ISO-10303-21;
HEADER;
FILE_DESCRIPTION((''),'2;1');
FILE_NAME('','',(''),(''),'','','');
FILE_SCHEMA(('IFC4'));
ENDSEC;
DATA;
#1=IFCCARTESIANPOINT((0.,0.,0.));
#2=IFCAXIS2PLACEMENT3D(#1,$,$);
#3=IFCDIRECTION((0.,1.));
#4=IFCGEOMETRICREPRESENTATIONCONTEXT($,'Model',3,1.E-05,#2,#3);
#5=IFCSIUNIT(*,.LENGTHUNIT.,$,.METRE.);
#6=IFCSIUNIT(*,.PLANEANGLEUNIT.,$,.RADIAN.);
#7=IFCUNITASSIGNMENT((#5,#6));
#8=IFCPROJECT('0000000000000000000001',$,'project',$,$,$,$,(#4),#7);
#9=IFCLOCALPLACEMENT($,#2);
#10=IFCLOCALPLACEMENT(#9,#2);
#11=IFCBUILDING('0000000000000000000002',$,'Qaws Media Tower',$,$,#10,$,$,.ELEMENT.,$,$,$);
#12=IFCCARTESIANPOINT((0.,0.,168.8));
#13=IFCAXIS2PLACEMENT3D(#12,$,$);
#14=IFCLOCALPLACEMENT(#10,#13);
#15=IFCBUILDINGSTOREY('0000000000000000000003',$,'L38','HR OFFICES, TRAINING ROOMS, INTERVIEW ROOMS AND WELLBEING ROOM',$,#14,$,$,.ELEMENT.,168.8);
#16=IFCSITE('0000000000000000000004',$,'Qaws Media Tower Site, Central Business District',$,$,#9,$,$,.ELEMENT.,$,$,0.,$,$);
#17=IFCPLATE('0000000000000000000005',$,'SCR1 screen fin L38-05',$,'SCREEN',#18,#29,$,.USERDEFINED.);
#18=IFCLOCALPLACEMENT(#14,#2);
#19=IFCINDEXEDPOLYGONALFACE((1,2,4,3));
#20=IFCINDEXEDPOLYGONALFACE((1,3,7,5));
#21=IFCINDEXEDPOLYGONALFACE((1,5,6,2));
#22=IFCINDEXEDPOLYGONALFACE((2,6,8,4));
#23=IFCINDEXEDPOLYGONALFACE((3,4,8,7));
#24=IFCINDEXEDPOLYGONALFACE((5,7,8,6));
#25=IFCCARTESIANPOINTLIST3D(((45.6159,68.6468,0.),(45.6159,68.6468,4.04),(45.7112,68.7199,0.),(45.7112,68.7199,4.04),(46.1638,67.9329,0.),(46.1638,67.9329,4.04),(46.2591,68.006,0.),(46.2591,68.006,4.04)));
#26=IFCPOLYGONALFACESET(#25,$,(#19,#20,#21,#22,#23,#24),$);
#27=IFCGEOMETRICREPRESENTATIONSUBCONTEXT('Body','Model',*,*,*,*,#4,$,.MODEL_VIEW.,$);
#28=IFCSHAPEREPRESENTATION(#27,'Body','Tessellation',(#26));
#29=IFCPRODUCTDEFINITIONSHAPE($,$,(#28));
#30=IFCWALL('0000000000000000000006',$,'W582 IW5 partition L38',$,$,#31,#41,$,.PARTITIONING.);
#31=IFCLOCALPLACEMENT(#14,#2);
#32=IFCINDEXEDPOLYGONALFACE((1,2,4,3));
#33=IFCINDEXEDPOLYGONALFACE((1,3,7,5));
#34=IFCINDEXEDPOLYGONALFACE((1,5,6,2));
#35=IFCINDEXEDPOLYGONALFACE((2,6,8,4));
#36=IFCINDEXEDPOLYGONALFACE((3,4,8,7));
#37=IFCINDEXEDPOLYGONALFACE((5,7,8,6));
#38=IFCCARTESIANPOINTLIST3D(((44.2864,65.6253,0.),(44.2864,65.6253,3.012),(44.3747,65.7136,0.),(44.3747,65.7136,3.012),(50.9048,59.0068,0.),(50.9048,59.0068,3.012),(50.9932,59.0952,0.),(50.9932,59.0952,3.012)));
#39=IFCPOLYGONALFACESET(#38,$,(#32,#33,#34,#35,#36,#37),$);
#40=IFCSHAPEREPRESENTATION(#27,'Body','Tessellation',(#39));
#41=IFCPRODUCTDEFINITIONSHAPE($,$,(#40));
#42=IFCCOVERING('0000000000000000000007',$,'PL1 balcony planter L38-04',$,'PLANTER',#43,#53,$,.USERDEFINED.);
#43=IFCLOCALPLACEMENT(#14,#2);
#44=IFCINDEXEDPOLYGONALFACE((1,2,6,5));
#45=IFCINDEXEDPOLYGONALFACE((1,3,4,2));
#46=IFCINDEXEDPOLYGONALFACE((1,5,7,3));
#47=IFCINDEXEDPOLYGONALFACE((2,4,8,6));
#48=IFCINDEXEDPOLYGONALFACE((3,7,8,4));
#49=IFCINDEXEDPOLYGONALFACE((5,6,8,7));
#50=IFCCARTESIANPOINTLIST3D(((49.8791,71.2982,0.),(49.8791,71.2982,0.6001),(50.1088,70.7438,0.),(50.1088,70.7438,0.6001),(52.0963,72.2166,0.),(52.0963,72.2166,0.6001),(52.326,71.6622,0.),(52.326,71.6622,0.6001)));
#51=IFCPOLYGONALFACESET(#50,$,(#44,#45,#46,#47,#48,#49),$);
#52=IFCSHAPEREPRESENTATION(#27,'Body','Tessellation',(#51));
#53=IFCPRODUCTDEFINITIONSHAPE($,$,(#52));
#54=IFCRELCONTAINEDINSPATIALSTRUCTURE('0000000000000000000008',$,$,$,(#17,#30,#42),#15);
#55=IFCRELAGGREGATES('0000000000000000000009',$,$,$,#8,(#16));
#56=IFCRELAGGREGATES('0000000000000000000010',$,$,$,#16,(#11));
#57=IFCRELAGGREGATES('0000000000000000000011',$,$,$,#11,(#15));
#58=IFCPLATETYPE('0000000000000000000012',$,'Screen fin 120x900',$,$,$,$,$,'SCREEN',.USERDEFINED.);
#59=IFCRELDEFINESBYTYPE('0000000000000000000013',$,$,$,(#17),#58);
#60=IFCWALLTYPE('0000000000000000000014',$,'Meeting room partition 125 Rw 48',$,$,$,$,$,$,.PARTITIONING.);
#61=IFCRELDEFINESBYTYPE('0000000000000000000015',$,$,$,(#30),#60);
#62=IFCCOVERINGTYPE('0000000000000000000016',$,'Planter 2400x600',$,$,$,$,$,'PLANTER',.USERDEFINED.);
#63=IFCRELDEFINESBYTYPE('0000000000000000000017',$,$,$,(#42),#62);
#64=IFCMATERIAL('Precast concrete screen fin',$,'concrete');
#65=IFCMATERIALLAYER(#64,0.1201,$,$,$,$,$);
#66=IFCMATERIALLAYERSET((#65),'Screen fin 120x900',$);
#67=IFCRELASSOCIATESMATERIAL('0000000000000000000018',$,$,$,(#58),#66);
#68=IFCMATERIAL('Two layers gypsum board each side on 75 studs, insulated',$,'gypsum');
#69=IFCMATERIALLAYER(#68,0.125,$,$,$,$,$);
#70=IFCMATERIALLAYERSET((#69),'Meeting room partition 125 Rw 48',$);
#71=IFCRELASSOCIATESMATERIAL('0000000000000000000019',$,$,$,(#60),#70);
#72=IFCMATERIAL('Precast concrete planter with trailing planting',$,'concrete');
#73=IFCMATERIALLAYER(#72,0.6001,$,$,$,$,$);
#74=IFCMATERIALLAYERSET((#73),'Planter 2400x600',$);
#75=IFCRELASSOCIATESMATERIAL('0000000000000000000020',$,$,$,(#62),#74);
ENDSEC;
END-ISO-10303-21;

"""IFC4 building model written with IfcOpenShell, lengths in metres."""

from ifc_helpers import new_model, si_unit, direction, frame, frame_2d, origin, origin_2d, place, context, subcontext, project, spatial, rectangle, extrude, material, layer, layer_set, type_object, element, save


model = new_model("IFC4")

# Units and contexts
model_context = context("Model", 3, precision=1e-05, world=origin(), true_north=direction((0.0, 1.0)))
body_context = subcontext(model_context, "Body", "Model", "MODEL_VIEW")
ifc_project = project(units=[si_unit("LENGTHUNIT", "METRE"), si_unit("PLANEANGLEUNIT", "RADIAN")], contexts=[model_context])

# Site, building, storey
site_placement = place(None, origin())
site = spatial("IfcSite", under=ifc_project, at=site_placement, Name="Qaws Media Tower Site, Central Business District", CompositionType="ELEMENT", RefElevation=0.0)
building_placement = place(site_placement, origin())
building = spatial("IfcBuilding", under=site, at=building_placement, Name="Qaws Media Tower", CompositionType="ELEMENT")
storey_placement = place(building_placement, frame((0.0, 0.0, 168.8)))
storey = spatial("IfcBuildingStorey", under=building, at=storey_placement, Name="L38", Description="HR OFFICES, TRAINING ROOMS, INTERVIEW ROOMS AND WELLBEING ROOM", CompositionType="ELEMENT", Elevation=168.8)

# Plate
ifc_material_1 = material(Name="Precast concrete screen fin", Category="concrete")
ifc_layer_1 = layer(ifc_material_1, 0.1201)
ifc_layer_set_1 = layer_set([ifc_layer_1], Name="Screen fin 120x900")
plate_type_1 = type_object("IfcPlateType", Name="Screen fin 120x900", ElementType="SCREEN", PredefinedType="USERDEFINED", material=ifc_layer_set_1)
plate_1_placement = place(storey_placement, frame((45.9375, 68.3264, 0.0), z_axis=(0.0, 0.0, 1.0), x_axis=(-0.608761, 0.793353, 0.0)))
element("IfcPlate", 1, at=plate_1_placement, inside=storey, type_object=plate_type_1, Name="SCR1 screen fin L38-05", ObjectType="SCREEN", PredefinedType="USERDEFINED", context=body_context, shape_type="SweptSolid", body=[
    extrude(rectangle(XDim=0.8999, YDim=0.1201, at=origin_2d()), origin(), (0.0, 0.0, 1.0), 4.04),
])

# Wall
ifc_material_2 = material(Name="Two layers gypsum board each side on 75 studs, insulated", Category="gypsum")
ifc_layer_2 = layer(ifc_material_2, 0.125)
ifc_layer_set_2 = layer_set([ifc_layer_2], Name="Meeting room partition 125 Rw 48")
wall_type_1 = type_object("IfcWallType", Name="Meeting room partition 125 Rw 48", PredefinedType="PARTITIONING", material=ifc_layer_set_2)
wall_1_placement = place(storey_placement, frame((50.949, 59.051, 0.0), z_axis=(0.0, 0.0, 1.0), x_axis=(-0.707107, 0.707107, 0.0)))
element("IfcWall", 2, at=wall_1_placement, inside=storey, type_object=wall_type_1, Name="W582 IW5 partition L38", PredefinedType="PARTITIONING", context=body_context, shape_type="SweptSolid", body=[
    extrude(rectangle(XDim=9.3599, YDim=0.125, at=frame_2d((4.6799, 0.0))), origin(), (0.0, 0.0, 1.0), 3.012),
])

# Covering
ifc_material_3 = material(Name="Precast concrete planter with trailing planting", Category="concrete")
ifc_layer_3 = layer(ifc_material_3, 0.6001)
ifc_layer_set_3 = layer_set([ifc_layer_3], Name="Planter 2400x600")
covering_type = type_object("IfcCoveringType", Name="Planter 2400x600", ElementType="PLANTER", PredefinedType="USERDEFINED", material=ifc_layer_set_3)
covering_placement = place(storey_placement, frame((51.1025, 71.4802, 0.0), z_axis=(0.0, 0.0, 1.0), x_axis=(-0.92388, -0.382683, 0.0)))
element("IfcCovering", 3, at=covering_placement, inside=storey, type_object=covering_type, Name="PL1 balcony planter L38-04", ObjectType="PLANTER", PredefinedType="USERDEFINED", context=body_context, shape_type="SweptSolid", body=[
    extrude(rectangle(XDim=2.3999, YDim=0.6001, at=origin_2d()), origin(), (0.0, 0.0, 1.0), 0.6001),
])

save(model, "model.ifc")
